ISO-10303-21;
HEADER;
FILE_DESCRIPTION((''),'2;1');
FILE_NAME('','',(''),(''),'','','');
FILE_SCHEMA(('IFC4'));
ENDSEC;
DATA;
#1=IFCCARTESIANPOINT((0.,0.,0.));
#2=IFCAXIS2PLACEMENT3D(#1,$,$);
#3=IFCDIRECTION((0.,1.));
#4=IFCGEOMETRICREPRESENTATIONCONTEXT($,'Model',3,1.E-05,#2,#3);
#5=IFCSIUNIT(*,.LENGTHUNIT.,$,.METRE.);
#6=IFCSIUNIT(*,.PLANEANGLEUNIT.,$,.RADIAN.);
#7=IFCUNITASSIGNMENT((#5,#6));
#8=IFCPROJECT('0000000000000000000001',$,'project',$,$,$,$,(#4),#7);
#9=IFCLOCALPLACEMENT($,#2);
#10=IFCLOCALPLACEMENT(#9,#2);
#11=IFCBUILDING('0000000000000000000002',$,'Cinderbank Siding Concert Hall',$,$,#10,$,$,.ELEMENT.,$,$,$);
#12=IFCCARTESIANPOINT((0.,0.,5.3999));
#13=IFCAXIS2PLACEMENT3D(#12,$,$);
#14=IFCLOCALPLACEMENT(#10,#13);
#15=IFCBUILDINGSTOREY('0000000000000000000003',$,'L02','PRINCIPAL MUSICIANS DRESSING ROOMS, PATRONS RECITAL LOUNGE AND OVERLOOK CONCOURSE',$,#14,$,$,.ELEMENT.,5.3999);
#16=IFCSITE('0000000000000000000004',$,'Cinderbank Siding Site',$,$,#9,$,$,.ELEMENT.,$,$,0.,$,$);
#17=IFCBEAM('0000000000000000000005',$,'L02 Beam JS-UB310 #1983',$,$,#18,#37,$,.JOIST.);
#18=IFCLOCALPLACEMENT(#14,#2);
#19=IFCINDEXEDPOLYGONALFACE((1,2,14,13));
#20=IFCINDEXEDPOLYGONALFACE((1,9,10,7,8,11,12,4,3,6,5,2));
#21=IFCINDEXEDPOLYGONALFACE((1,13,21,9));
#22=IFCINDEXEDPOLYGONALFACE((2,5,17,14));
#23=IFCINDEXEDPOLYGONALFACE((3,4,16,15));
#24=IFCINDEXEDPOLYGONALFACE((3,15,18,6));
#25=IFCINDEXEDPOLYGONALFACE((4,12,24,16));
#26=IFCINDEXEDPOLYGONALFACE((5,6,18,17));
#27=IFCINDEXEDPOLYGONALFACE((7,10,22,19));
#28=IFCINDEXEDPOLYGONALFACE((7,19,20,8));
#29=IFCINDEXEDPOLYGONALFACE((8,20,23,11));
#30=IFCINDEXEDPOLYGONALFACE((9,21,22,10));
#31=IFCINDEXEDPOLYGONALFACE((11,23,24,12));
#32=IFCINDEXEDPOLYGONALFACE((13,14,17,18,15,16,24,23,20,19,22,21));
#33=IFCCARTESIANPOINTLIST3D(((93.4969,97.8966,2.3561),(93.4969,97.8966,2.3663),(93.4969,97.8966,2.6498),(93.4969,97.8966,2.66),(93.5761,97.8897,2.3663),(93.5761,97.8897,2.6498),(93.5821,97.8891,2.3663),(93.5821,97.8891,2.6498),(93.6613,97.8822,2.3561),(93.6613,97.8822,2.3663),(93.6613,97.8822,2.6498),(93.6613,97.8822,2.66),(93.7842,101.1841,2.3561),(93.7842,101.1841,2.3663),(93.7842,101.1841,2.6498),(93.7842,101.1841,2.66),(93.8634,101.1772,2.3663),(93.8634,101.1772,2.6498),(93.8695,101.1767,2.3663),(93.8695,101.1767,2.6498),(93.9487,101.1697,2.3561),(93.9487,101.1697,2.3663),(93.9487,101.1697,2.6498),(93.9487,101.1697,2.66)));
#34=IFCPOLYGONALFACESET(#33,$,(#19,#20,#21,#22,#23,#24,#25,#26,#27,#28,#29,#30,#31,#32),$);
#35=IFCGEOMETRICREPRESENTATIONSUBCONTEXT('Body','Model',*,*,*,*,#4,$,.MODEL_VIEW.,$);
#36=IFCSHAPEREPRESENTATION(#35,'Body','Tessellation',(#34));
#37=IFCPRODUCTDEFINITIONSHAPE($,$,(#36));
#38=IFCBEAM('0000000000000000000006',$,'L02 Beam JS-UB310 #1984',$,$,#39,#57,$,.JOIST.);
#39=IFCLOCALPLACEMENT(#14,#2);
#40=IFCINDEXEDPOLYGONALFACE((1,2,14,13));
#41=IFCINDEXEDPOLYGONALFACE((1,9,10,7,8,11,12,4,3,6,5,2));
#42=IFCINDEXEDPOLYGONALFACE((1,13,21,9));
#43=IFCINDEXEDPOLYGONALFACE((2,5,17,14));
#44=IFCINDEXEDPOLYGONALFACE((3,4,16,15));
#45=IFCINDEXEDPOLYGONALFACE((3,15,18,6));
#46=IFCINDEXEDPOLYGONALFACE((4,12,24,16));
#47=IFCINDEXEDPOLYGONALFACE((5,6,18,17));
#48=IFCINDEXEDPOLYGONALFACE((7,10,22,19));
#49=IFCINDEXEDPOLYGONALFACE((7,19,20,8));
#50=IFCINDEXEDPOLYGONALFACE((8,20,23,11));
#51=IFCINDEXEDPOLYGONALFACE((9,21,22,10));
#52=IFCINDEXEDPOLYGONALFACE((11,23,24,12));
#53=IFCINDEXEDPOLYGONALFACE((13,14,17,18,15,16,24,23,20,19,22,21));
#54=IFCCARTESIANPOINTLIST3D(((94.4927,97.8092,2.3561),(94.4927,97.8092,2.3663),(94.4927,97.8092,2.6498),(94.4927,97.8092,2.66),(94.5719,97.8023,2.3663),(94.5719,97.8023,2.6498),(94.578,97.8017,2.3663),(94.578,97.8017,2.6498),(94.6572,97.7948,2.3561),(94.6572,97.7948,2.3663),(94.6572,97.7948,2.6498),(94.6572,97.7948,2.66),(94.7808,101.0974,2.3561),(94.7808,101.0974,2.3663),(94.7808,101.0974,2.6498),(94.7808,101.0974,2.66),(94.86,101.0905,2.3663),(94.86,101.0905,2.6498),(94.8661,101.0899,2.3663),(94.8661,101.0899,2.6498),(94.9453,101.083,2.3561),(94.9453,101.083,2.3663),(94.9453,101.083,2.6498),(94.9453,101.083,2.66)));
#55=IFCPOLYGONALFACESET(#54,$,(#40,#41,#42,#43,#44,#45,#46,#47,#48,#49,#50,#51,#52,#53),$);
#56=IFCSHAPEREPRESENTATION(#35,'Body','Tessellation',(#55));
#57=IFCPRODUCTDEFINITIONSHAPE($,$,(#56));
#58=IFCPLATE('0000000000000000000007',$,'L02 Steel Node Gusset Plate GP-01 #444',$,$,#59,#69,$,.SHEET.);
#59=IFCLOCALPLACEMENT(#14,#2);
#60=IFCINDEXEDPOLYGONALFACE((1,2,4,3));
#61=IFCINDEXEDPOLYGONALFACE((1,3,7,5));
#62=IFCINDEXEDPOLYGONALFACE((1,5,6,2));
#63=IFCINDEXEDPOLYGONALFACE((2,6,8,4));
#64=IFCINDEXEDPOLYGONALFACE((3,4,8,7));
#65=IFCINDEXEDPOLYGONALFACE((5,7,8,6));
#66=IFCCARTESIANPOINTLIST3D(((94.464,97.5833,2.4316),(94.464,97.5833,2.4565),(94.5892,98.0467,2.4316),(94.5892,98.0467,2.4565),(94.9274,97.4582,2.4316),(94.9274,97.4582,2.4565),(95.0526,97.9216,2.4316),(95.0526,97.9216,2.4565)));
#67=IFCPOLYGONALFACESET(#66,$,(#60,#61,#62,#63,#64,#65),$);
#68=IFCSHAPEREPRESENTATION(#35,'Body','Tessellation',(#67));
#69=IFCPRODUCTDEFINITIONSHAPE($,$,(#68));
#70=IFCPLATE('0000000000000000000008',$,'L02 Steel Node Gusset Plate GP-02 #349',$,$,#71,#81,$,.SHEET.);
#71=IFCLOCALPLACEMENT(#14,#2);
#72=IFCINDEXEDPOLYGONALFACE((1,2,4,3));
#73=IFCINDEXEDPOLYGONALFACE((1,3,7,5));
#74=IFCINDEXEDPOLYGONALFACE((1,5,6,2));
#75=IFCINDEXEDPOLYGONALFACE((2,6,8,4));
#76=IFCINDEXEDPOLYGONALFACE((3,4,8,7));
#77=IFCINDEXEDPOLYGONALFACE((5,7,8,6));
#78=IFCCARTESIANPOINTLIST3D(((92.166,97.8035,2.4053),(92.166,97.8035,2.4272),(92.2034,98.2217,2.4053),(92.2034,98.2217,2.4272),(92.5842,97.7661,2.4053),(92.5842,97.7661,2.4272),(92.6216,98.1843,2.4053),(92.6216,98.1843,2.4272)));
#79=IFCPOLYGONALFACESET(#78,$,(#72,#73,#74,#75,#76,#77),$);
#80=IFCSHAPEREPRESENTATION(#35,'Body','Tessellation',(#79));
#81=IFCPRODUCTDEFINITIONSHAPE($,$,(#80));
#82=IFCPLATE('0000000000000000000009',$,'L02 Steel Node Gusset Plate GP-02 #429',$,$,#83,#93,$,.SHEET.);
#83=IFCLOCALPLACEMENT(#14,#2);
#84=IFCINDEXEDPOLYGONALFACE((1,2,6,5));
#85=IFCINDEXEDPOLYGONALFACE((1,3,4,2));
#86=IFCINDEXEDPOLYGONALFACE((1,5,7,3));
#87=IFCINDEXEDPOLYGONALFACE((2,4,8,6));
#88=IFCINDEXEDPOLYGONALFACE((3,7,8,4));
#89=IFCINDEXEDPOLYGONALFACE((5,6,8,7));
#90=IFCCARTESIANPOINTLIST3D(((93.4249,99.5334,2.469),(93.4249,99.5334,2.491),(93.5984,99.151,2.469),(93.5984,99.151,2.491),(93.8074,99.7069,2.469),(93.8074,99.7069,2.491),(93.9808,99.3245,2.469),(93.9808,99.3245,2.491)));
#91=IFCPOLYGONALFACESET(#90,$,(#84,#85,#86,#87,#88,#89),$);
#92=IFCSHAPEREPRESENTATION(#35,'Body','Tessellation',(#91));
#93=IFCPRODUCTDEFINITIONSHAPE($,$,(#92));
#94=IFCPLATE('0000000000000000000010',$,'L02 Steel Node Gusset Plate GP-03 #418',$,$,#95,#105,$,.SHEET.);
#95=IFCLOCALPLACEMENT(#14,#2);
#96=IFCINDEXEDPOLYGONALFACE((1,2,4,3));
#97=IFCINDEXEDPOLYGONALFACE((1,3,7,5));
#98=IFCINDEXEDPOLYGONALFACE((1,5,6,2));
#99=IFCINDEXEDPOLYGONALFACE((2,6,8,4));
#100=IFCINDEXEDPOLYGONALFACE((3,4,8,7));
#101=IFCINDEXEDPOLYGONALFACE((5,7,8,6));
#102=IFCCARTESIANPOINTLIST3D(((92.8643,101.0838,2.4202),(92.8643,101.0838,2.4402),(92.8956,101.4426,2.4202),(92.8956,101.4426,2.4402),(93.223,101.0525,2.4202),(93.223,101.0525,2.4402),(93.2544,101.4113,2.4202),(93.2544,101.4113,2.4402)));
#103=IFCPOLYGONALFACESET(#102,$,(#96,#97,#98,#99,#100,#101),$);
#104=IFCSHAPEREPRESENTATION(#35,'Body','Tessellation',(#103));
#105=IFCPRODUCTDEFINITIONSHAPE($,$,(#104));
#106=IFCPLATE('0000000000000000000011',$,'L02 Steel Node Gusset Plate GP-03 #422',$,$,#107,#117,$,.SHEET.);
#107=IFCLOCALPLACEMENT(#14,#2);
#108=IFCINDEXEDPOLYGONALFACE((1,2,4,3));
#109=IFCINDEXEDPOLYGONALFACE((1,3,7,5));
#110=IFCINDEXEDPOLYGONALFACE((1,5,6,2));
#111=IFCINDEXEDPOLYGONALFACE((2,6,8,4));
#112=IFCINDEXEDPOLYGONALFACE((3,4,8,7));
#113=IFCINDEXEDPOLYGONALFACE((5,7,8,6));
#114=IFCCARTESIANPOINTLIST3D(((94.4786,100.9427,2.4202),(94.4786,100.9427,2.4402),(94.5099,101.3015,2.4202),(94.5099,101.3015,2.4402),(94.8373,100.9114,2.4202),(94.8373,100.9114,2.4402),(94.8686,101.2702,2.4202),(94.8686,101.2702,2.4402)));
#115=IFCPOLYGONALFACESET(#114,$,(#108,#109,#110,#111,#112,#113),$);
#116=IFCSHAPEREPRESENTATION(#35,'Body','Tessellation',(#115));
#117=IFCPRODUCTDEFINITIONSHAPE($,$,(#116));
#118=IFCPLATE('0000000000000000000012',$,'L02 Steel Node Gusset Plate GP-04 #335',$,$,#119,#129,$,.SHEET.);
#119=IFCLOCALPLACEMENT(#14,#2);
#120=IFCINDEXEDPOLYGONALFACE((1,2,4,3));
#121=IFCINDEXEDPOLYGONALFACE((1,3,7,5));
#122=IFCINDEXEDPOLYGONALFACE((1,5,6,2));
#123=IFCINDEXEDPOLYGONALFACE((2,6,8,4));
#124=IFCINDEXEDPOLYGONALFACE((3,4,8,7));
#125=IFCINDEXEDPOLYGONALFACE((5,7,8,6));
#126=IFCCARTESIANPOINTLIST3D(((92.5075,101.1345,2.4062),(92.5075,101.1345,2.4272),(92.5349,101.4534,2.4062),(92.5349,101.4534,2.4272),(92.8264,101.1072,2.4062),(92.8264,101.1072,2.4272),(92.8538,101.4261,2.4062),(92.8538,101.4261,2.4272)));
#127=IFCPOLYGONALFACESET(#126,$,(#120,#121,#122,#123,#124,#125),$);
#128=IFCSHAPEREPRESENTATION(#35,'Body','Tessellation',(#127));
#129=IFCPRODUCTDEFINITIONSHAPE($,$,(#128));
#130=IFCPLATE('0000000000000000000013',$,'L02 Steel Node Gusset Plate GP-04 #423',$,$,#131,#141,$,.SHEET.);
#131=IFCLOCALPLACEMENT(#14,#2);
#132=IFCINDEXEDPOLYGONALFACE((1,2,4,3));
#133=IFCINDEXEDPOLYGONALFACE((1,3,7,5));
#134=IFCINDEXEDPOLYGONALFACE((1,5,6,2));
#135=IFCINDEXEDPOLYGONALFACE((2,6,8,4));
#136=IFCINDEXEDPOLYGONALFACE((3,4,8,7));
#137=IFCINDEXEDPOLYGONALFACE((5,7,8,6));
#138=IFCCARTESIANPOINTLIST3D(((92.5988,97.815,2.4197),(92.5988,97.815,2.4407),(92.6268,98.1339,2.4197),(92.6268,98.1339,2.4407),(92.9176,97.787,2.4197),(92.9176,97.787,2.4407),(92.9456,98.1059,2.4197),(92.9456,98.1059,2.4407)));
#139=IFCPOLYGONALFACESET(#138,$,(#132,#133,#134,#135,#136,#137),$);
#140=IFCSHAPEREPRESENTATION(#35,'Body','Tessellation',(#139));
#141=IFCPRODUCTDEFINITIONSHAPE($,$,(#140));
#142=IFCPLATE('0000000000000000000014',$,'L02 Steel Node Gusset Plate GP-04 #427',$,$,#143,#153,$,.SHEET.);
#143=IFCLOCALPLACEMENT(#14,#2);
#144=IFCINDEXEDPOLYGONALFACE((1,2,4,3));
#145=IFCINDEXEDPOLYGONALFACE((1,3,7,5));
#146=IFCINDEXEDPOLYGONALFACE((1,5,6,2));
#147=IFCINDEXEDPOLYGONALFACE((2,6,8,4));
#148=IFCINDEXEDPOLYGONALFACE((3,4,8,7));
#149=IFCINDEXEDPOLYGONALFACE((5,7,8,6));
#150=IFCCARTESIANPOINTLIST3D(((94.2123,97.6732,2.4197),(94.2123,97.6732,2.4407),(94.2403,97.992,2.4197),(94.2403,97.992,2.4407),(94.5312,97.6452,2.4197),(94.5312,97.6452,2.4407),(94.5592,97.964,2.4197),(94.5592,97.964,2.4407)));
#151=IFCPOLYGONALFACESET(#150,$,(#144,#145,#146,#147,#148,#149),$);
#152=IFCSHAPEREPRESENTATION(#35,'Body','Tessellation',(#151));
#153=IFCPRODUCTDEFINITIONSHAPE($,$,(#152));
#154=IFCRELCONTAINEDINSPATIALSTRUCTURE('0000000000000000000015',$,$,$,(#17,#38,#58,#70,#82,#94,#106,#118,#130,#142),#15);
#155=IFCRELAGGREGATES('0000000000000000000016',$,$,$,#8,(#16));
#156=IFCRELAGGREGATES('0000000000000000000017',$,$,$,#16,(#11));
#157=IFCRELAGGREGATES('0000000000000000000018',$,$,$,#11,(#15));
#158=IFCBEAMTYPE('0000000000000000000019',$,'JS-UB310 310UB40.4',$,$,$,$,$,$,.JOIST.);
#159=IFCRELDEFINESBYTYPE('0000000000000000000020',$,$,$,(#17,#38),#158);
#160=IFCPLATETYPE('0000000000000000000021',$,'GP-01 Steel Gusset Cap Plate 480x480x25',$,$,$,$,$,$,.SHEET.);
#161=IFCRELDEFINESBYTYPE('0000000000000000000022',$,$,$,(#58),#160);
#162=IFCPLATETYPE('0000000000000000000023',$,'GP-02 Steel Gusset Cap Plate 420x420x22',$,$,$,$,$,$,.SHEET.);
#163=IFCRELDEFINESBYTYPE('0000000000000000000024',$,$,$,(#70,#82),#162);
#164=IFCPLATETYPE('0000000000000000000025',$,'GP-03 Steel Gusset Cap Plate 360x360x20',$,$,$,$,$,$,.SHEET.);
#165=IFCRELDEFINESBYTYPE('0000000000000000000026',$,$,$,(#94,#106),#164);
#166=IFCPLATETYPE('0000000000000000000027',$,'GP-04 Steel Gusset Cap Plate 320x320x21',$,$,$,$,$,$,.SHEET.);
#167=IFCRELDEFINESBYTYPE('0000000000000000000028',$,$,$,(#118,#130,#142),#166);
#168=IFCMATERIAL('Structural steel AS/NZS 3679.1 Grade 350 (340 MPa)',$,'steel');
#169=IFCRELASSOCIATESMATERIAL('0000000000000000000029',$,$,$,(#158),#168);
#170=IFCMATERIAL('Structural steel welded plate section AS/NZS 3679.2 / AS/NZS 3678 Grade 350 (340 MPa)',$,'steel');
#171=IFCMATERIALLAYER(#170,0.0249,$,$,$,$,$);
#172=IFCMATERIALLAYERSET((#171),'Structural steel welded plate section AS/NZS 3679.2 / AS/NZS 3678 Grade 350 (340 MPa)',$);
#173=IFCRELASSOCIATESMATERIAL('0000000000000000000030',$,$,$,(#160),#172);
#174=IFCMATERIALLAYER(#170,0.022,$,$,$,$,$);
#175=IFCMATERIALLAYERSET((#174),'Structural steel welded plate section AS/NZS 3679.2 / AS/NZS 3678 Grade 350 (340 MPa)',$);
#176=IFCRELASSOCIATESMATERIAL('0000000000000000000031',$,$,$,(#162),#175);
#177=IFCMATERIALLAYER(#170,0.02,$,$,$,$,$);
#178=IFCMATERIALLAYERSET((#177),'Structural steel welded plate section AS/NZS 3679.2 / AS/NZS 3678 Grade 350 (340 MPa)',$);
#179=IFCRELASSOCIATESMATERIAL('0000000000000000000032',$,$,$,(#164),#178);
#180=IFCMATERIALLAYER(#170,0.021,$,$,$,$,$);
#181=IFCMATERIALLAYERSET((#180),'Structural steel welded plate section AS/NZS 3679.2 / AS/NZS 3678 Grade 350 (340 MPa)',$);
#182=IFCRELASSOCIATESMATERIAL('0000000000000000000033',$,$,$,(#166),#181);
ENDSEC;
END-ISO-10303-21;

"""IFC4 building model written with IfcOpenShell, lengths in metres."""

from ifc_helpers import new_model, si_unit, direction, frame, origin, origin_2d, place, context, subcontext, project, spatial, rectangle, i_section, extrude, material, layer, layer_set, material_profile, profile_set, type_object, element, save


model = new_model("IFC4")

# Units and contexts
model_context = context("Model", 3, precision=1e-05, world=origin(), true_north=direction((0.0, 1.0)))
body_context = subcontext(model_context, "Body", "Model", "MODEL_VIEW")
ifc_project = project(units=[si_unit("LENGTHUNIT", "METRE"), si_unit("PLANEANGLEUNIT", "RADIAN")], contexts=[model_context])

# Site, building, storey
site_placement = place(None, origin())
site = spatial("IfcSite", under=ifc_project, at=site_placement, Name="Cinderbank Siding Site", CompositionType="ELEMENT", RefElevation=0.0)
building_placement = place(site_placement, origin())
building = spatial("IfcBuilding", under=site, at=building_placement, Name="Cinderbank Siding Concert Hall", CompositionType="ELEMENT")
storey_placement = place(building_placement, frame((0.0, 0.0, 5.3999)))
storey = spatial("IfcBuildingStorey", under=building, at=storey_placement, Name="L02", Description="PRINCIPAL MUSICIANS DRESSING ROOMS, PATRONS RECITAL LOUNGE AND OVERLOOK CONCOURSE", CompositionType="ELEMENT", Elevation=5.3999)

# Shared definitions
ifc_material_1 = material(Name="Structural steel welded plate section AS/NZS 3679.2 / AS/NZS 3678 Grade 350 (340 MPa)", Category="steel")

# Beams
ifc_material_2 = material(Name="Structural steel AS/NZS 3679.1 Grade 350 (340 MPa)", Category="steel")
ifc_material_profile_1 = material_profile(ifc_material_2, i_section(OverallWidth=0.165, OverallDepth=0.304, WebThickness=0.0061, FlangeThickness=0.0103, at=origin_2d()), Name="310UB40.4", Category="LoadBearing")
ifc_profile_set_1 = profile_set([ifc_material_profile_1], Name="Structural steel AS/NZS 3679.1 Grade 350 (340 MPa)")
beam_type_1 = type_object("IfcBeamType", Name="JS-UB310 310UB40.4", PredefinedType="JOIST", material=ifc_profile_set_1)
beam_1_placement = place(storey_placement, frame((93.5791, 97.8894, 2.5081), z_axis=(0.087073, 0.996202, 0.0), x_axis=(-0.996202, 0.087073, 0.0)))
element("IfcBeam", 1, at=beam_1_placement, inside=storey, type_object=beam_type_1, Name="L02 Beam JS-UB310 #1983", PredefinedType="JOIST", context=body_context, shape_type="SweptSolid", body=[
    extrude(i_section(OverallWidth=0.165, OverallDepth=0.304, WebThickness=0.0061, FlangeThickness=0.0103, at=origin_2d()), origin(), (0.0, 0.0, 1.0), 3.3),
])
beam_2_placement = place(storey_placement, frame((94.575, 97.802, 2.5081), z_axis=(0.087281, 0.996184, 0.0), x_axis=(-0.996184, 0.087281, 0.0)))
element("IfcBeam", 2, at=beam_2_placement, inside=storey, type_object=beam_type_1, Name="L02 Beam JS-UB310 #1984", PredefinedType="JOIST", context=body_context, shape_type="SweptSolid", body=[
    extrude(i_section(OverallWidth=0.165, OverallDepth=0.304, WebThickness=0.0061, FlangeThickness=0.0103, at=origin_2d()), origin(), (0.0, 0.0, 1.0), 3.3008),
])

# Plates
ifc_layer_1 = layer(ifc_material_1, 0.0249)
ifc_layer_set_1 = layer_set([ifc_layer_1], Name="Structural steel welded plate section AS/NZS 3679.2 / AS/NZS 3678 Grade 350 (340 MPa)")
plate_type_1 = type_object("IfcPlateType", Name="GP-01 Steel Gusset Cap Plate 480x480x25", PredefinedType="SHEET", material=ifc_layer_set_1)
plate_placement = place(storey_placement, frame((94.7583, 97.7524, 2.4316), z_axis=(0.0, 0.0, 1.0), x_axis=(0.965427, -0.260673, 0.0)))
element("IfcPlate", 3, at=plate_placement, inside=storey, type_object=plate_type_1, Name="L02 Steel Node Gusset Plate GP-01 #444", PredefinedType="SHEET", context=body_context, shape_type="SweptSolid", body=[
    extrude(rectangle(XDim=0.48, YDim=0.48, at=origin_2d()), origin(), (0.0, 0.0, 1.0), 0.0249),
])
ifc_layer_2 = layer(ifc_material_1, 0.022)
ifc_layer_set_2 = layer_set([ifc_layer_2], Name="Structural steel welded plate section AS/NZS 3679.2 / AS/NZS 3678 Grade 350 (340 MPa)")
plate_type_2 = type_object("IfcPlateType", Name="GP-02 Steel Gusset Cap Plate 420x420x22", PredefinedType="SHEET", material=ifc_layer_set_2)
for number, where, z_axis, x_axis, name in (
    (4, (92.3938, 97.9939, 2.4053), (0.0, 0.0, 1.0), (0.996026, -0.089068, 0.0), "L02 Steel Node Gusset Plate GP-02 #349"),
    (5, (93.7029, 99.429, 2.469), (0.0, 0.0, 1.0), (0.413104, -0.910684, 0.0), "L02 Steel Node Gusset Plate GP-02 #429"),
):
    element("IfcPlate", number, at=place(storey_placement, frame(where, z_axis=z_axis, x_axis=x_axis)), inside=storey, type_object=plate_type_2, Name=name, PredefinedType="SHEET", context=body_context, shape_type="SweptSolid", body=[
        extrude(rectangle(XDim=0.4199, YDim=0.4199, at=origin_2d()), origin(), (0.0, 0.0, 1.0), 0.022),
    ])
ifc_layer_3 = layer(ifc_material_1, 0.02)
ifc_layer_set_3 = layer_set([ifc_layer_3], Name="Structural steel welded plate section AS/NZS 3679.2 / AS/NZS 3678 Grade 350 (340 MPa)")
plate_type_3 = type_object("IfcPlateType", Name="GP-03 Steel Gusset Cap Plate 360x360x20", PredefinedType="SHEET", material=ifc_layer_set_3)
for number, where, z_axis, x_axis, name in (
    (6, (93.0593, 101.2476, 2.4202), (0.0, 0.0, 1.0), (0.99621, -0.086982, 0.0), "L02 Steel Node Gusset Plate GP-03 #418"),
    (7, (94.6736, 101.1064, 2.4202), (0.0, 0.0, 1.0), (0.99621, -0.086982, 0.0), "L02 Steel Node Gusset Plate GP-03 #422"),
):
    element("IfcPlate", number, at=place(storey_placement, frame(where, z_axis=z_axis, x_axis=x_axis)), inside=storey, type_object=plate_type_3, Name=name, PredefinedType="SHEET", context=body_context, shape_type="SweptSolid", body=[
        extrude(rectangle(XDim=0.3601, YDim=0.3601, at=origin_2d()), origin(), (0.0, 0.0, 1.0), 0.02),
    ])
ifc_layer_4 = layer(ifc_material_1, 0.021)
ifc_layer_set_4 = layer_set([ifc_layer_4], Name="Structural steel welded plate section AS/NZS 3679.2 / AS/NZS 3678 Grade 350 (340 MPa)")
plate_type_4 = type_object("IfcPlateType", Name="GP-04 Steel Gusset Cap Plate 320x320x21", PredefinedType="SHEET", material=ifc_layer_set_4)
for number, where, z_axis, x_axis, name in (
    (8, (92.6807, 101.2803, 2.4062), (0.0, 0.0, 1.0), (0.996345, -0.085417, 0.0), "L02 Steel Node Gusset Plate GP-04 #335"),
    (9, (92.7722, 97.9604, 2.4197), (0.0, 0.0, 1.0), (0.996164, -0.087503, 0.0), "L02 Steel Node Gusset Plate GP-04 #423"),
    (10, (94.3857, 97.8186, 2.4197), (0.0, 0.0, 1.0), (0.996164, -0.087503, 0.0), "L02 Steel Node Gusset Plate GP-04 #427"),
):
    element("IfcPlate", number, at=place(storey_placement, frame(where, z_axis=z_axis, x_axis=x_axis)), inside=storey, type_object=plate_type_4, Name=name, PredefinedType="SHEET", context=body_context, shape_type="SweptSolid", body=[
        extrude(rectangle(XDim=0.3201, YDim=0.3201, at=origin_2d()), origin(), (0.0, 0.0, 1.0), 0.021),
    ])

save(model, "model.ifc")
